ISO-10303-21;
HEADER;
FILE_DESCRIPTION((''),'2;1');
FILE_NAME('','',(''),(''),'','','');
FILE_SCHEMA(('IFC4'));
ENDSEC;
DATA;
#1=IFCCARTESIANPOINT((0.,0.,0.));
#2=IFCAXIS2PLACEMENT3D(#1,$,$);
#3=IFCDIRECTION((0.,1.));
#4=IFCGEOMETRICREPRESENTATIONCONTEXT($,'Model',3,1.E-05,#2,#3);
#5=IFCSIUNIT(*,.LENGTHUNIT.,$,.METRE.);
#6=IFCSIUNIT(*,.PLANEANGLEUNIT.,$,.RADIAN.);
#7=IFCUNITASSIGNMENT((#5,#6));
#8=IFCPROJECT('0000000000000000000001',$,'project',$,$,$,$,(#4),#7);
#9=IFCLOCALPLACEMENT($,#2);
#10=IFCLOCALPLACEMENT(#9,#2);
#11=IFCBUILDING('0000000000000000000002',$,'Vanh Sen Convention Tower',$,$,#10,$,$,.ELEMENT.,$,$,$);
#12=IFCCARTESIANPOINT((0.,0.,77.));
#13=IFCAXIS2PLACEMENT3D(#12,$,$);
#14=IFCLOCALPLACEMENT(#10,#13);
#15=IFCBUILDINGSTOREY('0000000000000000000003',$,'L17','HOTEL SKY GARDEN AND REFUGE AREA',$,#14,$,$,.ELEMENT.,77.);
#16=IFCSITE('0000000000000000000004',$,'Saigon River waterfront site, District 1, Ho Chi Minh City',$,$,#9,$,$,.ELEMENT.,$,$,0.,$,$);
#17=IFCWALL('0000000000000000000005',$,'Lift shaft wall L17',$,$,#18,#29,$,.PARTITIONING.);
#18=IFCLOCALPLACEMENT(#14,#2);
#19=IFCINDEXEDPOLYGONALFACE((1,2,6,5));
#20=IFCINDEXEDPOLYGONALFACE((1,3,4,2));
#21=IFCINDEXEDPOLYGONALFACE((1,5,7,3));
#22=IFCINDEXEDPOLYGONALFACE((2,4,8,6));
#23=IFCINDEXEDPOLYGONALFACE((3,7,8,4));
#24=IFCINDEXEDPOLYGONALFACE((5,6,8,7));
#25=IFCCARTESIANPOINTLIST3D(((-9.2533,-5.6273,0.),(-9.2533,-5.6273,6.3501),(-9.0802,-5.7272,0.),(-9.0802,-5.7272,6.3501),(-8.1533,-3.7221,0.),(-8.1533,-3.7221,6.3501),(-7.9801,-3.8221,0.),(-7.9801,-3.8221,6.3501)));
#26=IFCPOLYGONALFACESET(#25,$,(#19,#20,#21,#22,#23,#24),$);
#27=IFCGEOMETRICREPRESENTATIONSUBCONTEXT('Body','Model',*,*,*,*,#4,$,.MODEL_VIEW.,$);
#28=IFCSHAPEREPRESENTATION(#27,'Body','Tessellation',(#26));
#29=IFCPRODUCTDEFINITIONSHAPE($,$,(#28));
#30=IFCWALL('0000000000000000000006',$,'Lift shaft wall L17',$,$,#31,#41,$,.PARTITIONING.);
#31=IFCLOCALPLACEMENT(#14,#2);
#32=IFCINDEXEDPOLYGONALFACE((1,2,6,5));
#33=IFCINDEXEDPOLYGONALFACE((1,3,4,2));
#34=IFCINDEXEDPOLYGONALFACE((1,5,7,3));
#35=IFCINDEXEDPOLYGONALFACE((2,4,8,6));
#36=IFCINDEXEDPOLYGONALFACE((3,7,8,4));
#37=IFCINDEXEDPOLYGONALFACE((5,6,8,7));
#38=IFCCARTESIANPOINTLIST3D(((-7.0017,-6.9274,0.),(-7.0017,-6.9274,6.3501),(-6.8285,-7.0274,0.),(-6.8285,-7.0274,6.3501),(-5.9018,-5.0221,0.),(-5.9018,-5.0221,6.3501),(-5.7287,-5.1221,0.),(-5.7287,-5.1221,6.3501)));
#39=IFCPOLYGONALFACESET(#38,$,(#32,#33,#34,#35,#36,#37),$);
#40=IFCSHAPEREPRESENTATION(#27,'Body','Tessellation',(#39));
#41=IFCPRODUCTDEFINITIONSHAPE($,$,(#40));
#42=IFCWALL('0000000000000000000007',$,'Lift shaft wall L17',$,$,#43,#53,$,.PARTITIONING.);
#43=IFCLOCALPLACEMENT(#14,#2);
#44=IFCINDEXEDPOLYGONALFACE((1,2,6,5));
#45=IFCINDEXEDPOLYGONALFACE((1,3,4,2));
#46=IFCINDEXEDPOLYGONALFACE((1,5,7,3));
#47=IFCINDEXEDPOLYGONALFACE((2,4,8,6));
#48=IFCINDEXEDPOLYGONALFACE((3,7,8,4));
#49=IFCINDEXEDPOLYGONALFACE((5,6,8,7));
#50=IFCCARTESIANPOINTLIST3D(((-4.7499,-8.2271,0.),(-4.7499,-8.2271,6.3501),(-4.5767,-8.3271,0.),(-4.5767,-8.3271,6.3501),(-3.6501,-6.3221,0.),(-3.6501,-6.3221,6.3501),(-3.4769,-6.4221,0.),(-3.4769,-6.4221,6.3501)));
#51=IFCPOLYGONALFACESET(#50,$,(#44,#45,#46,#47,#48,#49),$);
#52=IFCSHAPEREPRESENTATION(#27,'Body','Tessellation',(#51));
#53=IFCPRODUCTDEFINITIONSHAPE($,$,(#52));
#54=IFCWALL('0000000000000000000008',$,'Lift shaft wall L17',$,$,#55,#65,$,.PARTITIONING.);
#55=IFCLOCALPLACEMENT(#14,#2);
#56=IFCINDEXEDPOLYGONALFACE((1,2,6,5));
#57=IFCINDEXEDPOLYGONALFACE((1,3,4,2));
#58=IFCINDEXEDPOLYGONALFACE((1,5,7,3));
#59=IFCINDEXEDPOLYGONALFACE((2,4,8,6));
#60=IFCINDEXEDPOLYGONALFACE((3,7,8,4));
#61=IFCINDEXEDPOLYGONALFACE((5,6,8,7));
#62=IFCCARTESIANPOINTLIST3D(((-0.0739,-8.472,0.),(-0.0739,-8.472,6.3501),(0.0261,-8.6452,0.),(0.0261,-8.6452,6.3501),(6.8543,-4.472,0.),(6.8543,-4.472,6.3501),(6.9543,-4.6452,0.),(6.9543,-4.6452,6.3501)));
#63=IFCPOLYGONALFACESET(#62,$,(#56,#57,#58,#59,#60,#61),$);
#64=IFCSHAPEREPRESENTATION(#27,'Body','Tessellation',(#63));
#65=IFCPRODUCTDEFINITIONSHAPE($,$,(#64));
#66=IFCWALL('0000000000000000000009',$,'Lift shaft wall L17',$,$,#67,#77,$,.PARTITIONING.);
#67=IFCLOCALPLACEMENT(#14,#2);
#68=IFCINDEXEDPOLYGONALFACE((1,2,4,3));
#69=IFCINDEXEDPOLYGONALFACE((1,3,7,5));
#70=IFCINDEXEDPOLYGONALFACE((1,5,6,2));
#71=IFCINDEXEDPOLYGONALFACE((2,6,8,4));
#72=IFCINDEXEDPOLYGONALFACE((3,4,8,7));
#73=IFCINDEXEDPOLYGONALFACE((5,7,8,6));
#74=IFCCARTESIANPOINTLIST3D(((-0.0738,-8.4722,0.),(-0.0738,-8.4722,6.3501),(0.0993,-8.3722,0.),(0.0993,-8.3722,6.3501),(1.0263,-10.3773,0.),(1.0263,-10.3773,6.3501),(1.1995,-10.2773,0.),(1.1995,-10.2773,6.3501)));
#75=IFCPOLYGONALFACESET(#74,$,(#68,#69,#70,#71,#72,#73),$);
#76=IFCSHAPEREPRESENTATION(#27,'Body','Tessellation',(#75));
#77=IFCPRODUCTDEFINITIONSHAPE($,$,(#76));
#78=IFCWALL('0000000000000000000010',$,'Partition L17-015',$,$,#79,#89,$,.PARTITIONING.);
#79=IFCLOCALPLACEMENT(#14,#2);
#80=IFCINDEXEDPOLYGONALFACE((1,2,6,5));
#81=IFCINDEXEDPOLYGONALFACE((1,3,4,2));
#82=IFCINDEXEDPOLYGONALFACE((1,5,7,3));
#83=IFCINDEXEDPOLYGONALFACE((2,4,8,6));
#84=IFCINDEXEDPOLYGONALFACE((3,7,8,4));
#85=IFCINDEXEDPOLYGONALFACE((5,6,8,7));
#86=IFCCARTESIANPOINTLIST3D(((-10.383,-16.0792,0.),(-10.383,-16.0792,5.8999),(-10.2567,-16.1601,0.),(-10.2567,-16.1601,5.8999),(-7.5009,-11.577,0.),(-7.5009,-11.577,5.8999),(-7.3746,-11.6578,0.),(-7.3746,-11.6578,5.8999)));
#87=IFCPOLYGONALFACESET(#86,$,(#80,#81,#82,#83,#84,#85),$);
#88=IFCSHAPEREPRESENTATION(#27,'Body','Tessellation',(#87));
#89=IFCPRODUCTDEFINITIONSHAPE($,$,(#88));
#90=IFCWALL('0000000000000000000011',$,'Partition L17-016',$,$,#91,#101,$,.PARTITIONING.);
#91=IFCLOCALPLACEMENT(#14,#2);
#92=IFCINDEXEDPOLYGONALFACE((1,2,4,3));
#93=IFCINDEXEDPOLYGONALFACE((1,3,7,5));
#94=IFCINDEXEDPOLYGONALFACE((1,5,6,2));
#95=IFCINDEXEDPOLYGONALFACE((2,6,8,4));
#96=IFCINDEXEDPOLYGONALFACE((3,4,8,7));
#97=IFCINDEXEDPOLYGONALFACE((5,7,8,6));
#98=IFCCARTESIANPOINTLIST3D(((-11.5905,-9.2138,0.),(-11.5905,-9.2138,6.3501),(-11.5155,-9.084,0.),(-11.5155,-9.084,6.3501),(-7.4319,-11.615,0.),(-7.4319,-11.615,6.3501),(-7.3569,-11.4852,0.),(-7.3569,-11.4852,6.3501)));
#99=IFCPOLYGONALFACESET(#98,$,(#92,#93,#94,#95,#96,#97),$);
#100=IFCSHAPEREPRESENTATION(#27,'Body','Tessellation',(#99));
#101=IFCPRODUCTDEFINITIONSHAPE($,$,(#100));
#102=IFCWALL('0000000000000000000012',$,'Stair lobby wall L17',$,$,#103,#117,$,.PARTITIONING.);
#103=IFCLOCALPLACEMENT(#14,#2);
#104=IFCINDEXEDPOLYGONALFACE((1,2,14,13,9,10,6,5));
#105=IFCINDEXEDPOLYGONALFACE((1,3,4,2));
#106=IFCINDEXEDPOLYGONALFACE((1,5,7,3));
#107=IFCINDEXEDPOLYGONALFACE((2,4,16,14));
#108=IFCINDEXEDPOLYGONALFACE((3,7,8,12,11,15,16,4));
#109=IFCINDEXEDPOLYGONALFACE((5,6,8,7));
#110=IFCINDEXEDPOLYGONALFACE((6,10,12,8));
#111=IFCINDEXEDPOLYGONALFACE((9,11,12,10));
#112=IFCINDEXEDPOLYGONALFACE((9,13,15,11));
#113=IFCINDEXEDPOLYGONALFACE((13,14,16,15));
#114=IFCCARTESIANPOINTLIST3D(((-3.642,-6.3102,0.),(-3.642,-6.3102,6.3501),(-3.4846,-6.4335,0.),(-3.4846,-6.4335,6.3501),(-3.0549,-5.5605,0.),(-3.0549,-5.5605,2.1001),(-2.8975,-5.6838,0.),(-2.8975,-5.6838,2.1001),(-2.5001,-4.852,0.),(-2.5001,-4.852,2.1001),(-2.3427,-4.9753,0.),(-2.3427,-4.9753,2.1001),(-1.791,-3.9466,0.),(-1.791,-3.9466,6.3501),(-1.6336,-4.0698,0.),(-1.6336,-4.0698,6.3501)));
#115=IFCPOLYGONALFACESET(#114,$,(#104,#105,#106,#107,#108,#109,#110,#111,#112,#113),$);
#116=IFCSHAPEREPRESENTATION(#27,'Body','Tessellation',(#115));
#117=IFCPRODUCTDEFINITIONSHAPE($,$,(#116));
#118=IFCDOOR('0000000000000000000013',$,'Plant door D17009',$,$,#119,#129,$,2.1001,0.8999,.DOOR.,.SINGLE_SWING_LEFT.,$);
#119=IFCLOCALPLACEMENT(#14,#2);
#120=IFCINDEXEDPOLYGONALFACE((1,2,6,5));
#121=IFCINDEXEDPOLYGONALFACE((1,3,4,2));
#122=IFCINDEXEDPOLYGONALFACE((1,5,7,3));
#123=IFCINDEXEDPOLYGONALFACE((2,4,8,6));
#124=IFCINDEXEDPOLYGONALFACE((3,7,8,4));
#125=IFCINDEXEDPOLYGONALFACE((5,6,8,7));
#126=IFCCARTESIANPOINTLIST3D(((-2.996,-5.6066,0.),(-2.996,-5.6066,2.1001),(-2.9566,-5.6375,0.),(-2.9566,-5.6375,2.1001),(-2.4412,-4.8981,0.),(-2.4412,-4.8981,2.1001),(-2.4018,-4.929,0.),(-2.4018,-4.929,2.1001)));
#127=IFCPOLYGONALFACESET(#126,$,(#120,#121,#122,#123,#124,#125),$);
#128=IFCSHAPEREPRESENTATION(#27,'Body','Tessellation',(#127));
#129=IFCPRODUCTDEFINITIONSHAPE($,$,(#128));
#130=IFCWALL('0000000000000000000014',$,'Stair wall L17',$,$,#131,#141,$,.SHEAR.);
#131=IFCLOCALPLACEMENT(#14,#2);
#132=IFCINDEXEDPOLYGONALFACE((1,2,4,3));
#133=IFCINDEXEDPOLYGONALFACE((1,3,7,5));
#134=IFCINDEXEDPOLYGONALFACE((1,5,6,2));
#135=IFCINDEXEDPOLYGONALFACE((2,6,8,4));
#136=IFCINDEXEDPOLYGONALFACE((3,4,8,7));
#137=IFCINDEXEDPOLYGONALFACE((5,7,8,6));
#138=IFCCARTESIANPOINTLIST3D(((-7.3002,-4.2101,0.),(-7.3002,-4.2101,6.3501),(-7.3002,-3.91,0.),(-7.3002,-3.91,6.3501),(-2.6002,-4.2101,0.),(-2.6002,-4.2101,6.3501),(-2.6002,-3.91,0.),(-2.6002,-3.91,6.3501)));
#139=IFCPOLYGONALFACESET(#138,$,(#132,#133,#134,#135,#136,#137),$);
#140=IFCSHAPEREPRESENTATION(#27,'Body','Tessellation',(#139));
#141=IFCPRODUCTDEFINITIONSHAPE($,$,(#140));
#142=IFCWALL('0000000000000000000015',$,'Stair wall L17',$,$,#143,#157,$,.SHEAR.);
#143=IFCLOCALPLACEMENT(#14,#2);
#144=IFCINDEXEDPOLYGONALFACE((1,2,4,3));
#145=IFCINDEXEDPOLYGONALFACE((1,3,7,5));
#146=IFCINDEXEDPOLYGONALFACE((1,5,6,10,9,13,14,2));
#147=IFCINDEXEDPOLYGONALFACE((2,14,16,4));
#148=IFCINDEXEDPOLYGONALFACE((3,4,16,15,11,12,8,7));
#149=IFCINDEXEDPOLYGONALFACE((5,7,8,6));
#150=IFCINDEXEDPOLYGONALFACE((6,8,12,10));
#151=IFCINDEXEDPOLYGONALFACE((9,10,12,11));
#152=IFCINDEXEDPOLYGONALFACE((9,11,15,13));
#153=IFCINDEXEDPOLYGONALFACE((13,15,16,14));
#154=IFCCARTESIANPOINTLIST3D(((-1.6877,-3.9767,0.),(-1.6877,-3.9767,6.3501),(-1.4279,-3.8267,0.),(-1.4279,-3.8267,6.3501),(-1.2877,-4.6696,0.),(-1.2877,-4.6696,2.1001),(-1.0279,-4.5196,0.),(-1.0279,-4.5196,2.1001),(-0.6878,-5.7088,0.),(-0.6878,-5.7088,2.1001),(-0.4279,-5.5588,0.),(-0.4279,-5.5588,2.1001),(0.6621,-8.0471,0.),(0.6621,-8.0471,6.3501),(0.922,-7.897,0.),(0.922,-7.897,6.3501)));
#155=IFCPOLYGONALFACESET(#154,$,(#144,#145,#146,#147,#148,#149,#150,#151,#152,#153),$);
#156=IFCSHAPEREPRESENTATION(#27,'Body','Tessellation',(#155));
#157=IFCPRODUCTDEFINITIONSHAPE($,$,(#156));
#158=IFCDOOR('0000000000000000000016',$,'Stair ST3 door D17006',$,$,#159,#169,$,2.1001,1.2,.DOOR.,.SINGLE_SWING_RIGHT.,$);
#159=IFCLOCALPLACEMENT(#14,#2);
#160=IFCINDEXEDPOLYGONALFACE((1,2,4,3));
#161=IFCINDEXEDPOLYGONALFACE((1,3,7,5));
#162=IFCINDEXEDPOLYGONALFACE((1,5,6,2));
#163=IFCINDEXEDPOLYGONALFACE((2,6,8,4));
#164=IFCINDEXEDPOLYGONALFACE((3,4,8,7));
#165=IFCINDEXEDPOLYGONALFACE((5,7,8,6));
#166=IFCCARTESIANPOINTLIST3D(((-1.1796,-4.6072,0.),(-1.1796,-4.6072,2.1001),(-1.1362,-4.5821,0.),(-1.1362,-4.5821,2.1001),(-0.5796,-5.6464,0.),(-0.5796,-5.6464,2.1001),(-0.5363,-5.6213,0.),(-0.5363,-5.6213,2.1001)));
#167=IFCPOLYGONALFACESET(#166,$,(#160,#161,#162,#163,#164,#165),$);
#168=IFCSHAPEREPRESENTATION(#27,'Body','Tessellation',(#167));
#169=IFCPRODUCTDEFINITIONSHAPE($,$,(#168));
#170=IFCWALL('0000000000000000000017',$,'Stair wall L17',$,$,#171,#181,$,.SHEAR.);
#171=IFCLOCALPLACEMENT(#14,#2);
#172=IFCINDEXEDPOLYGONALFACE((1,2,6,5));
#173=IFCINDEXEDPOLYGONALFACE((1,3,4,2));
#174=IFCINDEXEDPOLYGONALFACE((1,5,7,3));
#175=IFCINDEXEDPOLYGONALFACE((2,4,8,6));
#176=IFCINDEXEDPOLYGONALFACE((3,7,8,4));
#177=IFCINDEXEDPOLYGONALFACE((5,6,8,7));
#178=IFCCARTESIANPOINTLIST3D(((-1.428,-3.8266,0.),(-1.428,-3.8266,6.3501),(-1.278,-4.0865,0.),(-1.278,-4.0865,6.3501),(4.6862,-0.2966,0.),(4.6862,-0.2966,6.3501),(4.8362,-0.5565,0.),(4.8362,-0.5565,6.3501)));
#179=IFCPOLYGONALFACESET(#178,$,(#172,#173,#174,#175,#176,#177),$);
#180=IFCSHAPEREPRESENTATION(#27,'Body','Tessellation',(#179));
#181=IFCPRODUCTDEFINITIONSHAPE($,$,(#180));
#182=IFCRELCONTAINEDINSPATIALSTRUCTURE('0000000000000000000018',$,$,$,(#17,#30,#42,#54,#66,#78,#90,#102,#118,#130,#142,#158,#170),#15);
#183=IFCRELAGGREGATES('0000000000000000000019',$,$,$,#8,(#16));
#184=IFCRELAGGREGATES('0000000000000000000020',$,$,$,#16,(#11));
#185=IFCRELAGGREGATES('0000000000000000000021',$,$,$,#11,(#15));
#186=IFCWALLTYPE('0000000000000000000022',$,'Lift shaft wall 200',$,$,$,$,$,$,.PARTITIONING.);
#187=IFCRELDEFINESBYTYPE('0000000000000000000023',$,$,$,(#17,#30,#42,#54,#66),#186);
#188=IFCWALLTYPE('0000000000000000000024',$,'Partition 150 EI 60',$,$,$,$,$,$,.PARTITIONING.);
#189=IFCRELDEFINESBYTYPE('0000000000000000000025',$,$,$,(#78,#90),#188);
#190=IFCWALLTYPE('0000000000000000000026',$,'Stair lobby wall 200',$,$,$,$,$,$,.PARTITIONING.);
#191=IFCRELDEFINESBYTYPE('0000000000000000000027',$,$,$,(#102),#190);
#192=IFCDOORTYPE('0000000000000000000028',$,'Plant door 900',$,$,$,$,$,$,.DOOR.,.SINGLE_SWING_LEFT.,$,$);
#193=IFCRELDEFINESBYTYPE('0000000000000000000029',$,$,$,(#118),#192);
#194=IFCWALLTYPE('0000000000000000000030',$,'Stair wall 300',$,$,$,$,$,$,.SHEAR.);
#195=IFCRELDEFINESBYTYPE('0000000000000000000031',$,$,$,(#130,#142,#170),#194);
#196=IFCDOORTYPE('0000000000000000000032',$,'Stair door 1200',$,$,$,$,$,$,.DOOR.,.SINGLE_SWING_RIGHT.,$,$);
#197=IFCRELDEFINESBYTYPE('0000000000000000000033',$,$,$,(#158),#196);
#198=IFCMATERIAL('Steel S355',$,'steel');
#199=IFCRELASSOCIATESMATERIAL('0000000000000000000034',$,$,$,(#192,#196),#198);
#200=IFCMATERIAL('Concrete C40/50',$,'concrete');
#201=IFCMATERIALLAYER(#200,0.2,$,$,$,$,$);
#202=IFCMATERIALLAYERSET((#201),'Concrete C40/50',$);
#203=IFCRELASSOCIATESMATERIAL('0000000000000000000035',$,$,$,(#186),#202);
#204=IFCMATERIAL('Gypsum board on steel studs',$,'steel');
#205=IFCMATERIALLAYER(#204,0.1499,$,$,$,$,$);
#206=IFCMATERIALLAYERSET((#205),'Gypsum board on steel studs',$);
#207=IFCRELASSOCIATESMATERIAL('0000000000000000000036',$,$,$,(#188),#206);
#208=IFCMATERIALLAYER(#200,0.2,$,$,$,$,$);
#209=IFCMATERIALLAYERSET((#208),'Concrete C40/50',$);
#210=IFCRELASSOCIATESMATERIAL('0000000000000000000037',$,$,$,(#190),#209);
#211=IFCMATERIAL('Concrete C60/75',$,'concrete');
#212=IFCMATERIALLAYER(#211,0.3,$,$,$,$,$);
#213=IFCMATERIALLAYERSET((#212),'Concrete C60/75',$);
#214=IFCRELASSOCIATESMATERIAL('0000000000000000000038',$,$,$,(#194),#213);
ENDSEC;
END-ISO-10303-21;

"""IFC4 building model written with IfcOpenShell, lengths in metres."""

from ifc_helpers import new_model, si_unit, direction, frame, frame_2d, origin, place, context, subcontext, project, spatial, rectangle, extrude, material, layer, layer_set, type_object, element, fill, save


model = new_model("IFC4")

# Units and contexts
model_context = context("Model", 3, precision=1e-05, world=origin(), true_north=direction((0.0, 1.0)))
body_context = subcontext(model_context, "Body", "Model", "MODEL_VIEW")
ifc_project = project(units=[si_unit("LENGTHUNIT", "METRE"), si_unit("PLANEANGLEUNIT", "RADIAN")], contexts=[model_context])

# Site, building, storey
site_placement = place(None, origin())
site = spatial("IfcSite", under=ifc_project, at=site_placement, Name="Saigon River waterfront site, District 1, Ho Chi Minh City", CompositionType="ELEMENT", RefElevation=0.0)
building_placement = place(site_placement, origin())
building = spatial("IfcBuilding", under=site, at=building_placement, Name="Vanh Sen Convention Tower", CompositionType="ELEMENT")
storey_placement = place(building_placement, frame((0.0, 0.0, 77.0)))
storey = spatial("IfcBuildingStorey", under=building, at=storey_placement, Name="L17", Description="HOTEL SKY GARDEN AND REFUGE AREA", CompositionType="ELEMENT", Elevation=77.0)

# Shared definitions
ifc_material_1 = material(Name="Concrete C40/50", Category="concrete")

# Shared definitions
ifc_material_2 = material(Name="Steel S355", Category="steel")
door_type_1 = type_object("IfcDoorType", Name="Plant door 900", OperationType="SINGLE_SWING_LEFT", PredefinedType="DOOR", material=ifc_material_2)

# Walls
ifc_layer_1 = layer(ifc_material_1, 0.2)
ifc_layer_set_1 = layer_set([ifc_layer_1], Name="Concrete C40/50")
wall_type_1 = type_object("IfcWallType", Name="Lift shaft wall 200", PredefinedType="PARTITIONING", material=ifc_layer_set_1)
for number, where, z_axis, x_axis, name in (
    (1, (-8.0667, -3.772, 0.0), (0.0, 0.0, 1.0), (-0.50003, -0.866008, 0.0), "Lift shaft wall L17"),
    (2, (-5.8152, -5.072, 0.0), (0.0, 0.0, 1.0), (-0.499947, -0.866056, 0.0), "Lift shaft wall L17"),
):
    element("IfcWall", number, at=place(storey_placement, frame(where, z_axis=z_axis, x_axis=x_axis)), inside=storey, type_object=wall_type_1, Name=name, PredefinedType="PARTITIONING", context=body_context, shape_type="SweptSolid", body=[
        extrude(rectangle(XDim=2.2, YDim=0.2, at=frame_2d((1.1001, 0.0))), origin(), (0.0, 0.0, 1.0), 6.3501),
    ])
wall_1_placement = place(storey_placement, frame((-3.5635, -6.3721, 0.0), z_axis=(0.0, 0.0, 1.0), x_axis=(-0.499995, -0.866028, 0.0)))
element("IfcWall", 3, at=wall_1_placement, inside=storey, type_object=wall_type_1, Name="Lift shaft wall L17", PredefinedType="PARTITIONING", context=body_context, shape_type="SweptSolid", body=[
    extrude(rectangle(XDim=2.1997, YDim=0.2, at=frame_2d((1.0999, 0.0))), origin(), (0.0, 0.0, 1.0), 6.3501),
])
wall_2_placement = place(storey_placement, frame((-0.0239, -8.5586, 0.0), z_axis=(0.0, 0.0, 1.0), x_axis=(0.866026, 0.499999, 0.0)))
element("IfcWall", 4, at=wall_2_placement, inside=storey, type_object=wall_type_1, Name="Lift shaft wall L17", PredefinedType="PARTITIONING", context=body_context, shape_type="SweptSolid", body=[
    extrude(rectangle(XDim=8.0, YDim=0.2, at=frame_2d((4.0, 0.0))), origin(), (0.0, 0.0, 1.0), 6.3501),
])
wall_3_placement = place(storey_placement, frame((0.0127, -8.4221, 0.0), z_axis=(0.0, 0.0, 1.0), x_axis=(0.500078, -0.86598, 0.0)))
element("IfcWall", 5, at=wall_3_placement, inside=storey, type_object=wall_type_1, Name="Lift shaft wall L17", PredefinedType="PARTITIONING", context=body_context, shape_type="SweptSolid", body=[
    extrude(rectangle(XDim=2.2, YDim=0.2, at=frame_2d((1.1001, 0.0))), origin(), (0.0, 0.0, 1.0), 6.3501),
])
ifc_material_3 = material(Name="Gypsum board on steel studs", Category="steel")
ifc_layer_2 = layer(ifc_material_3, 0.1499)
ifc_layer_set_2 = layer_set([ifc_layer_2], Name="Gypsum board on steel studs")
wall_type_2 = type_object("IfcWallType", Name="Partition 150 EI 60", PredefinedType="PARTITIONING", material=ifc_layer_set_2)
wall_4_placement = place(storey_placement, frame((-7.4377, -11.6174, 0.0), z_axis=(0.0, 0.0, 1.0), x_axis=(-0.539143, -0.842214, 0.0)))
element("IfcWall", 6, at=wall_4_placement, inside=storey, type_object=wall_type_2, Name="Partition L17-015", PredefinedType="PARTITIONING", context=body_context, shape_type="SweptSolid", body=[
    extrude(rectangle(XDim=5.3457, YDim=0.1499, at=frame_2d((2.6729, 0.0))), origin(), (0.0, 0.0, 1.0), 5.8999),
])
wall_5_placement = place(storey_placement, frame((-7.3945, -11.55, 0.0), z_axis=(0.0, 0.0, 1.0), x_axis=(-0.866004, 0.500038, 0.0)))
element("IfcWall", 7, at=wall_5_placement, inside=storey, type_object=wall_type_2, Name="Partition L17-016", PredefinedType="PARTITIONING", context=body_context, shape_type="SweptSolid", body=[
    extrude(rectangle(XDim=4.802, YDim=0.1499, at=frame_2d((2.4009, 0.0))), origin(), (0.0, 0.0, 1.0), 6.3501),
])

# Wall, opening, door
ifc_layer_3 = layer(ifc_material_1, 0.2)
ifc_layer_set_3 = layer_set([ifc_layer_3], Name="Concrete C40/50")
wall_type_3 = type_object("IfcWallType", Name="Stair lobby wall 200", PredefinedType="PARTITIONING", material=ifc_layer_set_3)
wall_6_placement = place(storey_placement, frame((-1.7124, -4.0083, 0.0), z_axis=(0.0, 0.0, 1.0), x_axis=(-0.616549, -0.787316, 0.0)))
wall_6 = element("IfcWall", 8, at=wall_6_placement, inside=storey, type_object=wall_type_3, Name="Stair lobby wall L17", PredefinedType="PARTITIONING", context=body_context, shape_type="SweptSolid", body=[
    extrude(rectangle(XDim=3.0022, YDim=0.2, at=frame_2d((1.501, 0.0))), origin(), (0.0, 0.0, 1.0), 6.3501),
])
opening_1_placement = place(wall_6_placement, frame((1.1499, 0.0, 0.0)))
opening_1 = element("IfcOpeningElement", 9, at=opening_1_placement, cuts=wall_6, PredefinedType="OPENING", context=body_context, shape_type="SweptSolid", body=[
    extrude(rectangle(XDim=0.8999, YDim=2.1001, at=frame_2d((0.45, 1.05))), frame((0.0, 0.1099, 0.0), z_axis=(0.0, -1.0, 0.0), x_axis=(1.0, 0.0, 0.0)), (0.0, 0.0, 1.0), 0.22),
])
door_1_placement = place(opening_1_placement, origin())
door_1 = element("IfcDoor", 10, at=door_1_placement, inside=storey, type_object=door_type_1, Name="Plant door D17009", OperationType="SINGLE_SWING_LEFT", OverallHeight=2.1001, OverallWidth=0.8999, PredefinedType="DOOR", context=body_context, shape_type="SweptSolid", body=[
    extrude(rectangle(XDim=0.8999, YDim=2.1001, at=frame_2d((0.45, 1.05))), frame((0.0, 0.0249, 0.0), z_axis=(0.0, -1.0, 0.0), x_axis=(1.0, 0.0, 0.0)), (0.0, 0.0, 1.0), 0.05),
])
fill(opening_1, door_1)

# Wall
ifc_material_4 = material(Name="Concrete C60/75", Category="concrete")
ifc_layer_4 = layer(ifc_material_4, 0.3)
ifc_layer_set_4 = layer_set([ifc_layer_4], Name="Concrete C60/75")
wall_type_4 = type_object("IfcWallType", Name="Stair wall 300", PredefinedType="SHEAR", material=ifc_layer_set_4)
wall_7_placement = place(storey_placement, frame((-2.6001, -4.0601, 0.0), z_axis=(0.0, 0.0, 1.0), x_axis=(-1.0, 0.0, 0.0)))
element("IfcWall", 11, at=wall_7_placement, inside=storey, type_object=wall_type_4, Name="Stair wall L17", PredefinedType="SHEAR", context=body_context, shape_type="SweptSolid", body=[
    extrude(rectangle(XDim=4.7, YDim=0.3, at=frame_2d((2.3501, 0.0))), origin(), (0.0, 0.0, 1.0), 6.3501),
])

# Wall, opening, door
wall_8_placement = place(storey_placement, frame((-1.5579, -3.9016, 0.0), z_axis=(0.0, 0.0, 1.0), x_axis=(0.499977, -0.866039, 0.0)))
wall_8 = element("IfcWall", 12, at=wall_8_placement, inside=storey, type_object=wall_type_4, Name="Stair wall L17", PredefinedType="SHEAR", context=body_context, shape_type="SweptSolid", body=[
    extrude(rectangle(XDim=4.7, YDim=0.3, at=frame_2d((2.3501, 0.0))), origin(), (0.0, 0.0, 1.0), 6.3501),
])
opening_2_placement = place(wall_8_placement, frame((0.8, 0.0, 0.0)))
opening_2 = element("IfcOpeningElement", 13, at=opening_2_placement, cuts=wall_8, PredefinedType="OPENING", context=body_context, shape_type="SweptSolid", body=[
    extrude(rectangle(XDim=1.2, YDim=2.1001, at=frame_2d((0.6001, 1.05))), frame((0.0, 0.1599, 0.0), z_axis=(0.0, -1.0, 0.0), x_axis=(1.0, 0.0, 0.0)), (0.0, 0.0, 1.0), 0.3201),
])
door_type_2 = type_object("IfcDoorType", Name="Stair door 1200", OperationType="SINGLE_SWING_RIGHT", PredefinedType="DOOR", material=ifc_material_2)
door_2_placement = place(opening_2_placement, origin())
door_2 = element("IfcDoor", 14, at=door_2_placement, inside=storey, type_object=door_type_2, Name="Stair ST3 door D17006", OperationType="SINGLE_SWING_RIGHT", OverallHeight=2.1001, OverallWidth=1.2, PredefinedType="DOOR", context=body_context, shape_type="SweptSolid", body=[
    extrude(rectangle(XDim=1.2, YDim=2.1001, at=frame_2d((0.6001, 1.05))), frame((0.0, 0.0249, 0.0), z_axis=(0.0, -1.0, 0.0), x_axis=(1.0, 0.0, 0.0)), (0.0, 0.0, 1.0), 0.05),
])
fill(opening_2, door_2)

# Wall
for number, where, z_axis, x_axis, name in (
    (15, (-1.353, -3.9565, 0.0), (0.0, 0.0, 1.0), (0.866028, 0.499996, 0.0), "Stair wall L17"),
):
    element("IfcWall", number, at=place(storey_placement, frame(where, z_axis=z_axis, x_axis=x_axis)), inside=storey, type_object=wall_type_4, Name=name, PredefinedType="SHEAR", context=body_context, shape_type="SweptSolid", body=[
        extrude(rectangle(XDim=7.0601, YDim=0.3, at=frame_2d((3.53, 0.0))), origin(), (0.0, 0.0, 1.0), 6.3501),
    ])

save(model, "model.ifc")
